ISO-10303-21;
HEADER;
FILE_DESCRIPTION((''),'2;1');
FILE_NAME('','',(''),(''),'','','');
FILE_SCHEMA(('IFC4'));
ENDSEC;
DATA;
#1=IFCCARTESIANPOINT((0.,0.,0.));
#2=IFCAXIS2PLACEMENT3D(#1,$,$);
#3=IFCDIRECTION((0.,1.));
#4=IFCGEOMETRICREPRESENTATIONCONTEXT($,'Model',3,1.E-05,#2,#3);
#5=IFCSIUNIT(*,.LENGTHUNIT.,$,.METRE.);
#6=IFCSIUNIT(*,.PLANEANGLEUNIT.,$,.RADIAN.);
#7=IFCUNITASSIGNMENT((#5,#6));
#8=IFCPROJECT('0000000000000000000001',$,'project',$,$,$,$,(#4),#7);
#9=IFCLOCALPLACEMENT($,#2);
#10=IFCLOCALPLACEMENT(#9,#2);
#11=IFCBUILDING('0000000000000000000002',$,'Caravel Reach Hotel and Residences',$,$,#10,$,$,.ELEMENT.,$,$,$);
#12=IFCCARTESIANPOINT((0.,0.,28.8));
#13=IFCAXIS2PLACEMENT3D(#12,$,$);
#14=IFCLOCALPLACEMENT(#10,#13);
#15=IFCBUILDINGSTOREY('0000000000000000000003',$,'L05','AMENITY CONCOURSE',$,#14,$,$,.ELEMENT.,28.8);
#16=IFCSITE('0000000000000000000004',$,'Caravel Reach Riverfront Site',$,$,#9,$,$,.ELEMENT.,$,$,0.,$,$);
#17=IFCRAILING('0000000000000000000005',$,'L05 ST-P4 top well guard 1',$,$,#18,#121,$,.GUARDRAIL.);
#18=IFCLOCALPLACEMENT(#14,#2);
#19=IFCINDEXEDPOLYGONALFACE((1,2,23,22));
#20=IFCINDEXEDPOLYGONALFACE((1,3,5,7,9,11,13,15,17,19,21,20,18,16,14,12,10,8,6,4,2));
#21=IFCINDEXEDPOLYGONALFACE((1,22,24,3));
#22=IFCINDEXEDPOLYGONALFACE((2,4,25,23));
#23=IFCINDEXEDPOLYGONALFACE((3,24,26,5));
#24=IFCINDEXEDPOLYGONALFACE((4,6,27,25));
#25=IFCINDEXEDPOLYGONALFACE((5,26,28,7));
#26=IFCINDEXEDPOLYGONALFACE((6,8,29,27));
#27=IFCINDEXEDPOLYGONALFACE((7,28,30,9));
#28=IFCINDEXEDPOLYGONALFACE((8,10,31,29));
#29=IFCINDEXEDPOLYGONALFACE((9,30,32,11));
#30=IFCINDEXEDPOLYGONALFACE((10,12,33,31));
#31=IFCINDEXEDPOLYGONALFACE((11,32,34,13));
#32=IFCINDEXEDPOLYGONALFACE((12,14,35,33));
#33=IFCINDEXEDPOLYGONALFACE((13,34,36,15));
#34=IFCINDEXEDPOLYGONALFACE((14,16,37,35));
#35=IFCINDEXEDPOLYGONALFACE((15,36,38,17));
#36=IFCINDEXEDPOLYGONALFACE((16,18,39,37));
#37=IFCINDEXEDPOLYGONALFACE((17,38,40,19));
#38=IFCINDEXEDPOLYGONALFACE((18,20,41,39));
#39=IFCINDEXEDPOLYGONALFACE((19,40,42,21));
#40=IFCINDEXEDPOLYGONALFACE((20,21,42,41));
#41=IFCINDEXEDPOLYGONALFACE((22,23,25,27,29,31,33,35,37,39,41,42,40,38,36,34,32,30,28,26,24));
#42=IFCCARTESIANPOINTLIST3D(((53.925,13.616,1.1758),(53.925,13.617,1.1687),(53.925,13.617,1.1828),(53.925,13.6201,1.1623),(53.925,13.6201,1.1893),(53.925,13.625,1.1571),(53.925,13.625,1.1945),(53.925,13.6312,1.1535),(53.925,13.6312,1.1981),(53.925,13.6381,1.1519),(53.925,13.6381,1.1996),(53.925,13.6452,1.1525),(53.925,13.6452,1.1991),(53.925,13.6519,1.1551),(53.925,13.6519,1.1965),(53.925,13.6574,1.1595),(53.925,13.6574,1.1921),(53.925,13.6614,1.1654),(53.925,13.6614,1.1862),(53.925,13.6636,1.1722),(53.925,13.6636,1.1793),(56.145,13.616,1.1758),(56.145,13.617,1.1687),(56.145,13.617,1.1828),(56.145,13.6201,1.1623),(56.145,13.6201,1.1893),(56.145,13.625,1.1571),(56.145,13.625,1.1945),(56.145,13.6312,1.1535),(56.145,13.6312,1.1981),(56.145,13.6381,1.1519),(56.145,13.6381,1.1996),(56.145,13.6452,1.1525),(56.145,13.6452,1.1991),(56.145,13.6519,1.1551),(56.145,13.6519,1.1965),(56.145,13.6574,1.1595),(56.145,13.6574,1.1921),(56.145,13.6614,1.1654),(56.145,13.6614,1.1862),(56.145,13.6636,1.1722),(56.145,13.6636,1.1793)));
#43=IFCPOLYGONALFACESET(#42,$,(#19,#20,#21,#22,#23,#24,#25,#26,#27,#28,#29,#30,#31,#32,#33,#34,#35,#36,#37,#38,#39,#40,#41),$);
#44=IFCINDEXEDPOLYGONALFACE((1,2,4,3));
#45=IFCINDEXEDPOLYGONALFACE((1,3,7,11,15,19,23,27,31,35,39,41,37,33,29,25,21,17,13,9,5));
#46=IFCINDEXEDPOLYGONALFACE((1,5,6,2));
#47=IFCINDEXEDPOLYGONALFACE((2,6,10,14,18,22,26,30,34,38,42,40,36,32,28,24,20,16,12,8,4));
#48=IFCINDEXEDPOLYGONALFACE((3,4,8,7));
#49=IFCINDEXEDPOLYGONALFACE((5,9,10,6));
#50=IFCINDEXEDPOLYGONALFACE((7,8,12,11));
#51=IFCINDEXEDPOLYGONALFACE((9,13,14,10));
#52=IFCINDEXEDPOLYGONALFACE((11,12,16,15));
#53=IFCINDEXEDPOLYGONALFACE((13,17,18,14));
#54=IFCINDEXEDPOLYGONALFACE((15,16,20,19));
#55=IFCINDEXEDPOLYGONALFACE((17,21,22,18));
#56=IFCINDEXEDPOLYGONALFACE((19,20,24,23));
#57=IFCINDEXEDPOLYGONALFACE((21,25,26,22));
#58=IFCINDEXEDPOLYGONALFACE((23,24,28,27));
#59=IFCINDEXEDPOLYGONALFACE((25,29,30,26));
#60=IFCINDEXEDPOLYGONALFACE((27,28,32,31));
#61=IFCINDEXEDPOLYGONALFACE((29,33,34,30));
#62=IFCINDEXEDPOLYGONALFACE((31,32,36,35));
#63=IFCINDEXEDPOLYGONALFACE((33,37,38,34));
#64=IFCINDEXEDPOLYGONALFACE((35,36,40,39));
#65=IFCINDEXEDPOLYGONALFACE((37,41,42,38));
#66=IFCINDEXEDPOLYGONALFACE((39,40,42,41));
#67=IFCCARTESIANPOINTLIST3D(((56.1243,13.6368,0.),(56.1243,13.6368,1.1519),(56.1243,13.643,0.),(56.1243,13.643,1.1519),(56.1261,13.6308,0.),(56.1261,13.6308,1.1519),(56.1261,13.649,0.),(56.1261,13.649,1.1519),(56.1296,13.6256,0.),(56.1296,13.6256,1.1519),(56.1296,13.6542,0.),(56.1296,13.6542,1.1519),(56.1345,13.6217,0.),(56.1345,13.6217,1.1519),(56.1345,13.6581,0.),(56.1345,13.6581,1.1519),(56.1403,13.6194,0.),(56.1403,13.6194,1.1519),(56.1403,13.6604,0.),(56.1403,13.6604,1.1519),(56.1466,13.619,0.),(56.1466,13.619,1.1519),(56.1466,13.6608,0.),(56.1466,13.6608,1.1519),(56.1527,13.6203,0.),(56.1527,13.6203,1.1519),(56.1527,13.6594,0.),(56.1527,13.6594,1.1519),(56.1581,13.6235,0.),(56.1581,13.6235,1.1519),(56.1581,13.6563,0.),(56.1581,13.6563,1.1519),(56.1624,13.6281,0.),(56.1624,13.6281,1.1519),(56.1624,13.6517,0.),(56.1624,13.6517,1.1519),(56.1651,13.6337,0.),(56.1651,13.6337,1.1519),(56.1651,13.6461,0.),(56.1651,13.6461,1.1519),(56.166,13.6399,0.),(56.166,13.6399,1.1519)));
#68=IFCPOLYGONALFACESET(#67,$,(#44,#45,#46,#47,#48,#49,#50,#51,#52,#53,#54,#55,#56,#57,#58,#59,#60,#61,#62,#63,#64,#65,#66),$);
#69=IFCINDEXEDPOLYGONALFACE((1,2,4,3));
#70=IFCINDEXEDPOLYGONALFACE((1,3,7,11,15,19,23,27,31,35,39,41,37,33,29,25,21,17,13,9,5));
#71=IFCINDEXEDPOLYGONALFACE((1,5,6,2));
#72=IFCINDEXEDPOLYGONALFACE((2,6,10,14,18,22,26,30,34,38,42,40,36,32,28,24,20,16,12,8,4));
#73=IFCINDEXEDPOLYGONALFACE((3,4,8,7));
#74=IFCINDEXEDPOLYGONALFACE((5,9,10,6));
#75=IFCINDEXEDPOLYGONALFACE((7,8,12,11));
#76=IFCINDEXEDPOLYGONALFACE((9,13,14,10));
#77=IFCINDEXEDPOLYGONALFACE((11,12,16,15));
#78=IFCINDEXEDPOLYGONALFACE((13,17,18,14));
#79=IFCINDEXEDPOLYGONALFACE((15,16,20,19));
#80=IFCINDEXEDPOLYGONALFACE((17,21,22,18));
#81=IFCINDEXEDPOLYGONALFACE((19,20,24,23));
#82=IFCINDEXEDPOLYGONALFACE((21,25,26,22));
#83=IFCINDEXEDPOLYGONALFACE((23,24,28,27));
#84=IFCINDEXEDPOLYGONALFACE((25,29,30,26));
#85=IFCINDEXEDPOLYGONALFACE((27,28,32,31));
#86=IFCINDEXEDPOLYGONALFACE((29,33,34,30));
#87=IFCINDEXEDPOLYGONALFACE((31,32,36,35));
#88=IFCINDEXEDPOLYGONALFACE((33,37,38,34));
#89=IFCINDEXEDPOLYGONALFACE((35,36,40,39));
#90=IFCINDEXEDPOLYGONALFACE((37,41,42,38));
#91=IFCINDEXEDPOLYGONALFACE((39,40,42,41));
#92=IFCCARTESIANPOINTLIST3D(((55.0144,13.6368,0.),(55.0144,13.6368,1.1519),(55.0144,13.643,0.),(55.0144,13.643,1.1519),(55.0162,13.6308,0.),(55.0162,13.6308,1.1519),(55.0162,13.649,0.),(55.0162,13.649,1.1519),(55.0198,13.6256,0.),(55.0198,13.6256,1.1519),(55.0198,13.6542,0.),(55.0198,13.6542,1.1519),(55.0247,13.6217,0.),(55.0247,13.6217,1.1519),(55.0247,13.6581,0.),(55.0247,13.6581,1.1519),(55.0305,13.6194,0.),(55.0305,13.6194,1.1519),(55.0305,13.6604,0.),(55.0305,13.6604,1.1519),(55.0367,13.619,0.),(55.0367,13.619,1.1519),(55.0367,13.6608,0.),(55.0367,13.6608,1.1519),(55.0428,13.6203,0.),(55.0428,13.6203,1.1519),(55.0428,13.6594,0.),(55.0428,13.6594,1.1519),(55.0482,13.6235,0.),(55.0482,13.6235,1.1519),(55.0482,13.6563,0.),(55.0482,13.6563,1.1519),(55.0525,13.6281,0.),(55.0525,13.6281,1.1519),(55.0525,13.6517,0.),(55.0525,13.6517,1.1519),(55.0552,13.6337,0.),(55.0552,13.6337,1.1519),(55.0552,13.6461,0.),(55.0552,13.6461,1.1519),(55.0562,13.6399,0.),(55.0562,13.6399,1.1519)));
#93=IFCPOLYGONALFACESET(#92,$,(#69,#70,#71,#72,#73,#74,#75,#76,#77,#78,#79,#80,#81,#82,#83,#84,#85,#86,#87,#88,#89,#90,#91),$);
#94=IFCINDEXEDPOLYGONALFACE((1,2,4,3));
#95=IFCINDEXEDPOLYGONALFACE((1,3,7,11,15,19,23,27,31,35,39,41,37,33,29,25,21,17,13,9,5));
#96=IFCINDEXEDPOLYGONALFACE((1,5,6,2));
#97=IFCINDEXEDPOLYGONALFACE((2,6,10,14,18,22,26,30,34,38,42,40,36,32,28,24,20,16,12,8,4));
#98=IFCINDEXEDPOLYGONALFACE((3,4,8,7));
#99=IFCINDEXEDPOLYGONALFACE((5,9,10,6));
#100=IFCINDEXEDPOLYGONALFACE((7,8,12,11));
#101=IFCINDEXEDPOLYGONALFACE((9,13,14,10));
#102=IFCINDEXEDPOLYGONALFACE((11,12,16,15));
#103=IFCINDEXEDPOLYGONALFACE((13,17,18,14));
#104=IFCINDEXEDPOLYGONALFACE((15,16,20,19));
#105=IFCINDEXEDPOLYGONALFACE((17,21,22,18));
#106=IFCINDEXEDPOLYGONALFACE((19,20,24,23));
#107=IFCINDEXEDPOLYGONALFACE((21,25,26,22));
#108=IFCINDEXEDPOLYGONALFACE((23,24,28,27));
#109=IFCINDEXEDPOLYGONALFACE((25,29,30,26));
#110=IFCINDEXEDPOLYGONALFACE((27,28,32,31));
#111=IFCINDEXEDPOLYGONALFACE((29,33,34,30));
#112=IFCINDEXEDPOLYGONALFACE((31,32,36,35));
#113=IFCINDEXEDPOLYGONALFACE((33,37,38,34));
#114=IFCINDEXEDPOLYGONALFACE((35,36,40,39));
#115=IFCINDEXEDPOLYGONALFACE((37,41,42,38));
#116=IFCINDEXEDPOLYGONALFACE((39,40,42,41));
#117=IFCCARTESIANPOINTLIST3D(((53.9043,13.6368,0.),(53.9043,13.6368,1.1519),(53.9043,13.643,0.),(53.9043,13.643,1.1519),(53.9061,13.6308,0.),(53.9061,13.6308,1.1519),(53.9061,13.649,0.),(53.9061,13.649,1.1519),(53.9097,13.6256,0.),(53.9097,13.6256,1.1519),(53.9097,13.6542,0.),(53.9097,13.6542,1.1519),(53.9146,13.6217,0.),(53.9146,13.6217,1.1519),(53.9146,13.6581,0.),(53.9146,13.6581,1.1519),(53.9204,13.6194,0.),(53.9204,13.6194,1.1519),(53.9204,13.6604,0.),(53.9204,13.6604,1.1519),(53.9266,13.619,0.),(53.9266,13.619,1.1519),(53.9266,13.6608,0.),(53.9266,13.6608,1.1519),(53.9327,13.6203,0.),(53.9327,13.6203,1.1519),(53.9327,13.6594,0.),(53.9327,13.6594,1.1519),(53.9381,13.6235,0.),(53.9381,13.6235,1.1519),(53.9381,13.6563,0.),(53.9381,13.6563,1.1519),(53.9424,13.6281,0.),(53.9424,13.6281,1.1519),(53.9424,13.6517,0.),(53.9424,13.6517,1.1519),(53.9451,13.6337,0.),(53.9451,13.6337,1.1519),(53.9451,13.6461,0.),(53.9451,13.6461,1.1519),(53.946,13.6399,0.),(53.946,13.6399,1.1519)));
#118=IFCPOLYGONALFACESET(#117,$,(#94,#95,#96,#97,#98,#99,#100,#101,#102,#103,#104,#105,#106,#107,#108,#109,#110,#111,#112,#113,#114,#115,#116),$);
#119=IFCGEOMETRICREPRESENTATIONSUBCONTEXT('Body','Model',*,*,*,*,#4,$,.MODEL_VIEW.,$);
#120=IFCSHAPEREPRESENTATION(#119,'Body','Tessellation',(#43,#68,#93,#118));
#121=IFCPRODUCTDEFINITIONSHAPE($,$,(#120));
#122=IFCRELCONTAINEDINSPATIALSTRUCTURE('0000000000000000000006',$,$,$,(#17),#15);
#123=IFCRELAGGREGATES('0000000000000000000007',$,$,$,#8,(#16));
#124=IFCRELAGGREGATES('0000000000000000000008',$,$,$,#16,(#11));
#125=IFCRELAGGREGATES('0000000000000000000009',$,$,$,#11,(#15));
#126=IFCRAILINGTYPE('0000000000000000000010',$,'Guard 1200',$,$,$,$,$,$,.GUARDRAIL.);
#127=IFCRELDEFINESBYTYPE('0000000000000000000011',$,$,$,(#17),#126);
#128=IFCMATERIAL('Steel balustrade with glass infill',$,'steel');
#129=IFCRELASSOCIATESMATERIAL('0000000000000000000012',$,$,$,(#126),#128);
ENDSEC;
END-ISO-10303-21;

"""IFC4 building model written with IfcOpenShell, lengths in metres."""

from ifc_helpers import new_model, si_unit, direction, frame, origin, origin_2d, place, context, subcontext, project, spatial, circle, extrude, material, type_object, element, save


model = new_model("IFC4")

# Units and contexts
model_context = context("Model", 3, precision=1e-05, world=origin(), true_north=direction((0.0, 1.0)))
body_context = subcontext(model_context, "Body", "Model", "MODEL_VIEW")
ifc_project = project(units=[si_unit("LENGTHUNIT", "METRE"), si_unit("PLANEANGLEUNIT", "RADIAN")], contexts=[model_context])

# Site, building, storey
site_placement = place(None, origin())
site = spatial("IfcSite", under=ifc_project, at=site_placement, Name="Caravel Reach Riverfront Site", CompositionType="ELEMENT", RefElevation=0.0)
building_placement = place(site_placement, origin())
building = spatial("IfcBuilding", under=site, at=building_placement, Name="Caravel Reach Hotel and Residences", CompositionType="ELEMENT")
storey_placement = place(building_placement, frame((0.0, 0.0, 28.8)))
storey = spatial("IfcBuildingStorey", under=building, at=storey_placement, Name="L05", Description="AMENITY CONCOURSE", CompositionType="ELEMENT", Elevation=28.8)

# Railing
ifc_material_1 = material(Name="Steel balustrade with glass infill", Category="steel")
railing_type = type_object("IfcRailingType", Name="Guard 1200", PredefinedType="GUARDRAIL", material=ifc_material_1)
railing_placement = place(storey_placement, frame((56.145, 13.6399, 0.0)))
element("IfcRailing", 1, at=railing_placement, inside=storey, type_object=railing_type, Name="L05 ST-P4 top well guard 1", PredefinedType="GUARDRAIL", context=body_context, shape_type="SweptSolid", body=[
    extrude(circle(Radius=0.0239, at=origin_2d()), frame((0.0, 0.0, 1.1758), z_axis=(-1.0, 0.0, 0.0), x_axis=(0.0, -1.0, 0.0)), (0.0, 0.0, 1.0), 2.22),
    extrude(circle(Radius=0.021, at=origin_2d()), origin(), (0.0, 0.0, 1.0), 1.1519),
    extrude(circle(Radius=0.021, at=origin_2d()), frame((-1.1099, 0.0, 0.0)), (0.0, 0.0, 1.0), 1.1519),
    extrude(circle(Radius=0.021, at=origin_2d()), frame((-2.22, 0.0, 0.0)), (0.0, 0.0, 1.0), 1.1519),
])

save(model, "model.ifc")
